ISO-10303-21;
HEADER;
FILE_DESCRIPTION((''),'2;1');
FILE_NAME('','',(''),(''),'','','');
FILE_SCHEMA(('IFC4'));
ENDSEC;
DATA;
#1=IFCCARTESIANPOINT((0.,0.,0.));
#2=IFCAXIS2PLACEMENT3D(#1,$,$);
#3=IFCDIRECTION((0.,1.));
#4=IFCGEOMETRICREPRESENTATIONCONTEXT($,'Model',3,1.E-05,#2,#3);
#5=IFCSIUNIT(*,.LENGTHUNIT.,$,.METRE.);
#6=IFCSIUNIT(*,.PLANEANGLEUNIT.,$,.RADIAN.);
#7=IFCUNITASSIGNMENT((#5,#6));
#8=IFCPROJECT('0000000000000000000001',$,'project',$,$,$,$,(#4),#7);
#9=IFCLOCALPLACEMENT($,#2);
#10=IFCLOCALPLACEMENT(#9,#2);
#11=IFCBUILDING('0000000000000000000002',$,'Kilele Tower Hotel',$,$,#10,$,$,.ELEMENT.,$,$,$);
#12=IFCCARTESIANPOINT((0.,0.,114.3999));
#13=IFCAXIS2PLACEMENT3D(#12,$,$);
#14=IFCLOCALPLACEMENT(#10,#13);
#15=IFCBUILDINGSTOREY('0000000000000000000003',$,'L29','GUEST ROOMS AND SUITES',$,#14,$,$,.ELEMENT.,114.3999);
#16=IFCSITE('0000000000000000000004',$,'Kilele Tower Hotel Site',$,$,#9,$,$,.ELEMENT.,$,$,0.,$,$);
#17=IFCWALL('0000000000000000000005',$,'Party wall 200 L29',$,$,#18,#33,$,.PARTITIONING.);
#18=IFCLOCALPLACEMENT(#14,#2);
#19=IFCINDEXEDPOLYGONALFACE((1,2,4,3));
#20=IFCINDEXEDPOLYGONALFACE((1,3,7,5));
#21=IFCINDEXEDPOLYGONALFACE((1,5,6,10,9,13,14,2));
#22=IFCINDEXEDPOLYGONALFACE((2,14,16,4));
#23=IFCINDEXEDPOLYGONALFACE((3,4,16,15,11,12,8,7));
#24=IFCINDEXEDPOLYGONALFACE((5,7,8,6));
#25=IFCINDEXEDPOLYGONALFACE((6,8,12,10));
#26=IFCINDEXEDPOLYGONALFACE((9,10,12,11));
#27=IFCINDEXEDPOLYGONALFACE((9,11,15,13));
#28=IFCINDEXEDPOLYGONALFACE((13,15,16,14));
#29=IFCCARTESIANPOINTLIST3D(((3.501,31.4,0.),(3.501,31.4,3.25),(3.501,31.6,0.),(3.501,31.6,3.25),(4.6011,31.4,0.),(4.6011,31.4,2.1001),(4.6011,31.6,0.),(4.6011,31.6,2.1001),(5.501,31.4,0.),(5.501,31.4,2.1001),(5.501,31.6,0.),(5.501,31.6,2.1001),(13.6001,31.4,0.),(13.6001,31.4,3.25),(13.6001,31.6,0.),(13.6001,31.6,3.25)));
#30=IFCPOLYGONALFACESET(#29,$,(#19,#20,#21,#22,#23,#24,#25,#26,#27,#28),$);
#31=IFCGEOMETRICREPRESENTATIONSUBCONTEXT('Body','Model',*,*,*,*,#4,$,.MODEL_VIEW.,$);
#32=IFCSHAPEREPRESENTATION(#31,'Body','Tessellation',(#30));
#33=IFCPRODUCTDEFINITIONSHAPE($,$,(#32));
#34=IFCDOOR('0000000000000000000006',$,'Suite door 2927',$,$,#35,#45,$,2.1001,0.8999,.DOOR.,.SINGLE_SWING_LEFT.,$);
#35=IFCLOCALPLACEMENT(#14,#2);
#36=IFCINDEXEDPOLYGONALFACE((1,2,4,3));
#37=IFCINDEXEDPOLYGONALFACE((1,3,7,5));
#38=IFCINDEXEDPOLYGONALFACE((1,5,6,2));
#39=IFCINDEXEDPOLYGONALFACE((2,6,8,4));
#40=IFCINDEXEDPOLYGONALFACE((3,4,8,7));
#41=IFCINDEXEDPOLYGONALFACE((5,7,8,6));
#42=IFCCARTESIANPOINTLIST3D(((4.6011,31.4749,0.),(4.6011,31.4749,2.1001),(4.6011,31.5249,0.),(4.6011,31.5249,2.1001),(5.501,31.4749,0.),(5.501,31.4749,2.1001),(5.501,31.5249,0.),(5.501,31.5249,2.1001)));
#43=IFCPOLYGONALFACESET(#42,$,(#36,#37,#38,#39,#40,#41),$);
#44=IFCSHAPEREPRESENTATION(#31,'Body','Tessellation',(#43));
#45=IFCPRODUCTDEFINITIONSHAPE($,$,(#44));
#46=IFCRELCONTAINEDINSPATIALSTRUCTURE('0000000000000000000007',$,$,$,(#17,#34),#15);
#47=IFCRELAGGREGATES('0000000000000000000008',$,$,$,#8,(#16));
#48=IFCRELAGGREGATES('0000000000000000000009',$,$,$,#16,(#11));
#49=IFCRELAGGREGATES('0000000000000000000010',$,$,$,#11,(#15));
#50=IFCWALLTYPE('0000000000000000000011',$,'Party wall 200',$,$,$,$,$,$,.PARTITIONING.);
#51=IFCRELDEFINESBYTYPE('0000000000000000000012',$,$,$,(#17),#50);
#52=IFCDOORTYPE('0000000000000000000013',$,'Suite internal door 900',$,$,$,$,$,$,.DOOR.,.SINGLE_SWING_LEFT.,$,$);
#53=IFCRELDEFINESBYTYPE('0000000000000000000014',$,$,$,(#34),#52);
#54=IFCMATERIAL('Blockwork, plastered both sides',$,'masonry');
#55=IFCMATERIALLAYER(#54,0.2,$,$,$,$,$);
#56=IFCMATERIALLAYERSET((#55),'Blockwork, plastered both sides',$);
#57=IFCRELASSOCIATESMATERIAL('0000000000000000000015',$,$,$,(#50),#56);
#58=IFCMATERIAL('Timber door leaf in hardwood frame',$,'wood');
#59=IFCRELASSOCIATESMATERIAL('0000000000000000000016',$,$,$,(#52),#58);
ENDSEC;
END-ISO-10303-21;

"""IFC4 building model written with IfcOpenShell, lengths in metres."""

from ifc_helpers import new_model, si_unit, direction, frame, frame_2d, origin, place, context, subcontext, project, spatial, rectangle, extrude, material, layer, layer_set, type_object, element, fill, save


model = new_model("IFC4")

# Units and contexts
model_context = context("Model", 3, precision=1e-05, world=origin(), true_north=direction((0.0, 1.0)))
body_context = subcontext(model_context, "Body", "Model", "MODEL_VIEW")
ifc_project = project(units=[si_unit("LENGTHUNIT", "METRE"), si_unit("PLANEANGLEUNIT", "RADIAN")], contexts=[model_context])

# Site, building, storey
site_placement = place(None, origin())
site = spatial("IfcSite", under=ifc_project, at=site_placement, Name="Kilele Tower Hotel Site", CompositionType="ELEMENT", RefElevation=0.0)
building_placement = place(site_placement, origin())
building = spatial("IfcBuilding", under=site, at=building_placement, Name="Kilele Tower Hotel", CompositionType="ELEMENT")
storey_placement = place(building_placement, frame((0.0, 0.0, 114.3999)))
storey = spatial("IfcBuildingStorey", under=building, at=storey_placement, Name="L29", Description="GUEST ROOMS AND SUITES", CompositionType="ELEMENT", Elevation=114.3999)

# Wall, opening, door
ifc_material_1 = material(Name="Blockwork, plastered both sides", Category="masonry")
ifc_layer_1 = layer(ifc_material_1, 0.2)
ifc_layer_set_1 = layer_set([ifc_layer_1], Name="Blockwork, plastered both sides")
wall_type_1 = type_object("IfcWallType", Name="Party wall 200", PredefinedType="PARTITIONING", material=ifc_layer_set_1)
ifc_material_2 = material(Name="Timber door leaf in hardwood frame", Category="wood")
door_type_1 = type_object("IfcDoorType", Name="Suite internal door 900", OperationType="SINGLE_SWING_LEFT", PredefinedType="DOOR", material=ifc_material_2)
wall_1_placement = place(storey_placement, frame((13.6001, 31.5, 0.0), z_axis=(0.0, 0.0, 1.0), x_axis=(-1.0, 0.0, 0.0)))
wall_1 = element("IfcWall", 1, at=wall_1_placement, inside=storey, type_object=wall_type_1, Name="Party wall 200 L29", PredefinedType="PARTITIONING", context=body_context, shape_type="SweptSolid", body=[
    extrude(rectangle(XDim=10.0991, YDim=0.2, at=frame_2d((5.0496, 0.0))), origin(), (0.0, 0.0, 1.0), 3.25),
])
opening_1_placement = place(wall_1_placement, frame((8.999, 0.0, 0.0), z_axis=(0.0, 0.0, 1.0), x_axis=(-1.0, 0.0, 0.0)))
opening_1 = element("IfcOpeningElement", 2, at=opening_1_placement, cuts=wall_1, PredefinedType="OPENING", context=body_context, shape_type="SweptSolid", body=[
    extrude(rectangle(XDim=0.8999, YDim=2.1001, at=frame_2d((0.45, 1.05))), frame((0.0, 0.1099, 0.0), z_axis=(0.0, -1.0, 0.0), x_axis=(1.0, 0.0, 0.0)), (0.0, 0.0, 1.0), 0.22),
])
door_1_placement = place(opening_1_placement, origin())
door_1 = element("IfcDoor", 3, at=door_1_placement, inside=storey, type_object=door_type_1, Name="Suite door 2927", OperationType="SINGLE_SWING_LEFT", OverallHeight=2.1001, OverallWidth=0.8999, PredefinedType="DOOR", context=body_context, shape_type="SweptSolid", body=[
    extrude(rectangle(XDim=0.8999, YDim=2.1001, at=frame_2d((0.45, 1.05))), frame((0.0, 0.0249, 0.0), z_axis=(0.0, -1.0, 0.0), x_axis=(1.0, 0.0, 0.0)), (0.0, 0.0, 1.0), 0.05),
])
fill(opening_1, door_1)

save(model, "model.ifc")
